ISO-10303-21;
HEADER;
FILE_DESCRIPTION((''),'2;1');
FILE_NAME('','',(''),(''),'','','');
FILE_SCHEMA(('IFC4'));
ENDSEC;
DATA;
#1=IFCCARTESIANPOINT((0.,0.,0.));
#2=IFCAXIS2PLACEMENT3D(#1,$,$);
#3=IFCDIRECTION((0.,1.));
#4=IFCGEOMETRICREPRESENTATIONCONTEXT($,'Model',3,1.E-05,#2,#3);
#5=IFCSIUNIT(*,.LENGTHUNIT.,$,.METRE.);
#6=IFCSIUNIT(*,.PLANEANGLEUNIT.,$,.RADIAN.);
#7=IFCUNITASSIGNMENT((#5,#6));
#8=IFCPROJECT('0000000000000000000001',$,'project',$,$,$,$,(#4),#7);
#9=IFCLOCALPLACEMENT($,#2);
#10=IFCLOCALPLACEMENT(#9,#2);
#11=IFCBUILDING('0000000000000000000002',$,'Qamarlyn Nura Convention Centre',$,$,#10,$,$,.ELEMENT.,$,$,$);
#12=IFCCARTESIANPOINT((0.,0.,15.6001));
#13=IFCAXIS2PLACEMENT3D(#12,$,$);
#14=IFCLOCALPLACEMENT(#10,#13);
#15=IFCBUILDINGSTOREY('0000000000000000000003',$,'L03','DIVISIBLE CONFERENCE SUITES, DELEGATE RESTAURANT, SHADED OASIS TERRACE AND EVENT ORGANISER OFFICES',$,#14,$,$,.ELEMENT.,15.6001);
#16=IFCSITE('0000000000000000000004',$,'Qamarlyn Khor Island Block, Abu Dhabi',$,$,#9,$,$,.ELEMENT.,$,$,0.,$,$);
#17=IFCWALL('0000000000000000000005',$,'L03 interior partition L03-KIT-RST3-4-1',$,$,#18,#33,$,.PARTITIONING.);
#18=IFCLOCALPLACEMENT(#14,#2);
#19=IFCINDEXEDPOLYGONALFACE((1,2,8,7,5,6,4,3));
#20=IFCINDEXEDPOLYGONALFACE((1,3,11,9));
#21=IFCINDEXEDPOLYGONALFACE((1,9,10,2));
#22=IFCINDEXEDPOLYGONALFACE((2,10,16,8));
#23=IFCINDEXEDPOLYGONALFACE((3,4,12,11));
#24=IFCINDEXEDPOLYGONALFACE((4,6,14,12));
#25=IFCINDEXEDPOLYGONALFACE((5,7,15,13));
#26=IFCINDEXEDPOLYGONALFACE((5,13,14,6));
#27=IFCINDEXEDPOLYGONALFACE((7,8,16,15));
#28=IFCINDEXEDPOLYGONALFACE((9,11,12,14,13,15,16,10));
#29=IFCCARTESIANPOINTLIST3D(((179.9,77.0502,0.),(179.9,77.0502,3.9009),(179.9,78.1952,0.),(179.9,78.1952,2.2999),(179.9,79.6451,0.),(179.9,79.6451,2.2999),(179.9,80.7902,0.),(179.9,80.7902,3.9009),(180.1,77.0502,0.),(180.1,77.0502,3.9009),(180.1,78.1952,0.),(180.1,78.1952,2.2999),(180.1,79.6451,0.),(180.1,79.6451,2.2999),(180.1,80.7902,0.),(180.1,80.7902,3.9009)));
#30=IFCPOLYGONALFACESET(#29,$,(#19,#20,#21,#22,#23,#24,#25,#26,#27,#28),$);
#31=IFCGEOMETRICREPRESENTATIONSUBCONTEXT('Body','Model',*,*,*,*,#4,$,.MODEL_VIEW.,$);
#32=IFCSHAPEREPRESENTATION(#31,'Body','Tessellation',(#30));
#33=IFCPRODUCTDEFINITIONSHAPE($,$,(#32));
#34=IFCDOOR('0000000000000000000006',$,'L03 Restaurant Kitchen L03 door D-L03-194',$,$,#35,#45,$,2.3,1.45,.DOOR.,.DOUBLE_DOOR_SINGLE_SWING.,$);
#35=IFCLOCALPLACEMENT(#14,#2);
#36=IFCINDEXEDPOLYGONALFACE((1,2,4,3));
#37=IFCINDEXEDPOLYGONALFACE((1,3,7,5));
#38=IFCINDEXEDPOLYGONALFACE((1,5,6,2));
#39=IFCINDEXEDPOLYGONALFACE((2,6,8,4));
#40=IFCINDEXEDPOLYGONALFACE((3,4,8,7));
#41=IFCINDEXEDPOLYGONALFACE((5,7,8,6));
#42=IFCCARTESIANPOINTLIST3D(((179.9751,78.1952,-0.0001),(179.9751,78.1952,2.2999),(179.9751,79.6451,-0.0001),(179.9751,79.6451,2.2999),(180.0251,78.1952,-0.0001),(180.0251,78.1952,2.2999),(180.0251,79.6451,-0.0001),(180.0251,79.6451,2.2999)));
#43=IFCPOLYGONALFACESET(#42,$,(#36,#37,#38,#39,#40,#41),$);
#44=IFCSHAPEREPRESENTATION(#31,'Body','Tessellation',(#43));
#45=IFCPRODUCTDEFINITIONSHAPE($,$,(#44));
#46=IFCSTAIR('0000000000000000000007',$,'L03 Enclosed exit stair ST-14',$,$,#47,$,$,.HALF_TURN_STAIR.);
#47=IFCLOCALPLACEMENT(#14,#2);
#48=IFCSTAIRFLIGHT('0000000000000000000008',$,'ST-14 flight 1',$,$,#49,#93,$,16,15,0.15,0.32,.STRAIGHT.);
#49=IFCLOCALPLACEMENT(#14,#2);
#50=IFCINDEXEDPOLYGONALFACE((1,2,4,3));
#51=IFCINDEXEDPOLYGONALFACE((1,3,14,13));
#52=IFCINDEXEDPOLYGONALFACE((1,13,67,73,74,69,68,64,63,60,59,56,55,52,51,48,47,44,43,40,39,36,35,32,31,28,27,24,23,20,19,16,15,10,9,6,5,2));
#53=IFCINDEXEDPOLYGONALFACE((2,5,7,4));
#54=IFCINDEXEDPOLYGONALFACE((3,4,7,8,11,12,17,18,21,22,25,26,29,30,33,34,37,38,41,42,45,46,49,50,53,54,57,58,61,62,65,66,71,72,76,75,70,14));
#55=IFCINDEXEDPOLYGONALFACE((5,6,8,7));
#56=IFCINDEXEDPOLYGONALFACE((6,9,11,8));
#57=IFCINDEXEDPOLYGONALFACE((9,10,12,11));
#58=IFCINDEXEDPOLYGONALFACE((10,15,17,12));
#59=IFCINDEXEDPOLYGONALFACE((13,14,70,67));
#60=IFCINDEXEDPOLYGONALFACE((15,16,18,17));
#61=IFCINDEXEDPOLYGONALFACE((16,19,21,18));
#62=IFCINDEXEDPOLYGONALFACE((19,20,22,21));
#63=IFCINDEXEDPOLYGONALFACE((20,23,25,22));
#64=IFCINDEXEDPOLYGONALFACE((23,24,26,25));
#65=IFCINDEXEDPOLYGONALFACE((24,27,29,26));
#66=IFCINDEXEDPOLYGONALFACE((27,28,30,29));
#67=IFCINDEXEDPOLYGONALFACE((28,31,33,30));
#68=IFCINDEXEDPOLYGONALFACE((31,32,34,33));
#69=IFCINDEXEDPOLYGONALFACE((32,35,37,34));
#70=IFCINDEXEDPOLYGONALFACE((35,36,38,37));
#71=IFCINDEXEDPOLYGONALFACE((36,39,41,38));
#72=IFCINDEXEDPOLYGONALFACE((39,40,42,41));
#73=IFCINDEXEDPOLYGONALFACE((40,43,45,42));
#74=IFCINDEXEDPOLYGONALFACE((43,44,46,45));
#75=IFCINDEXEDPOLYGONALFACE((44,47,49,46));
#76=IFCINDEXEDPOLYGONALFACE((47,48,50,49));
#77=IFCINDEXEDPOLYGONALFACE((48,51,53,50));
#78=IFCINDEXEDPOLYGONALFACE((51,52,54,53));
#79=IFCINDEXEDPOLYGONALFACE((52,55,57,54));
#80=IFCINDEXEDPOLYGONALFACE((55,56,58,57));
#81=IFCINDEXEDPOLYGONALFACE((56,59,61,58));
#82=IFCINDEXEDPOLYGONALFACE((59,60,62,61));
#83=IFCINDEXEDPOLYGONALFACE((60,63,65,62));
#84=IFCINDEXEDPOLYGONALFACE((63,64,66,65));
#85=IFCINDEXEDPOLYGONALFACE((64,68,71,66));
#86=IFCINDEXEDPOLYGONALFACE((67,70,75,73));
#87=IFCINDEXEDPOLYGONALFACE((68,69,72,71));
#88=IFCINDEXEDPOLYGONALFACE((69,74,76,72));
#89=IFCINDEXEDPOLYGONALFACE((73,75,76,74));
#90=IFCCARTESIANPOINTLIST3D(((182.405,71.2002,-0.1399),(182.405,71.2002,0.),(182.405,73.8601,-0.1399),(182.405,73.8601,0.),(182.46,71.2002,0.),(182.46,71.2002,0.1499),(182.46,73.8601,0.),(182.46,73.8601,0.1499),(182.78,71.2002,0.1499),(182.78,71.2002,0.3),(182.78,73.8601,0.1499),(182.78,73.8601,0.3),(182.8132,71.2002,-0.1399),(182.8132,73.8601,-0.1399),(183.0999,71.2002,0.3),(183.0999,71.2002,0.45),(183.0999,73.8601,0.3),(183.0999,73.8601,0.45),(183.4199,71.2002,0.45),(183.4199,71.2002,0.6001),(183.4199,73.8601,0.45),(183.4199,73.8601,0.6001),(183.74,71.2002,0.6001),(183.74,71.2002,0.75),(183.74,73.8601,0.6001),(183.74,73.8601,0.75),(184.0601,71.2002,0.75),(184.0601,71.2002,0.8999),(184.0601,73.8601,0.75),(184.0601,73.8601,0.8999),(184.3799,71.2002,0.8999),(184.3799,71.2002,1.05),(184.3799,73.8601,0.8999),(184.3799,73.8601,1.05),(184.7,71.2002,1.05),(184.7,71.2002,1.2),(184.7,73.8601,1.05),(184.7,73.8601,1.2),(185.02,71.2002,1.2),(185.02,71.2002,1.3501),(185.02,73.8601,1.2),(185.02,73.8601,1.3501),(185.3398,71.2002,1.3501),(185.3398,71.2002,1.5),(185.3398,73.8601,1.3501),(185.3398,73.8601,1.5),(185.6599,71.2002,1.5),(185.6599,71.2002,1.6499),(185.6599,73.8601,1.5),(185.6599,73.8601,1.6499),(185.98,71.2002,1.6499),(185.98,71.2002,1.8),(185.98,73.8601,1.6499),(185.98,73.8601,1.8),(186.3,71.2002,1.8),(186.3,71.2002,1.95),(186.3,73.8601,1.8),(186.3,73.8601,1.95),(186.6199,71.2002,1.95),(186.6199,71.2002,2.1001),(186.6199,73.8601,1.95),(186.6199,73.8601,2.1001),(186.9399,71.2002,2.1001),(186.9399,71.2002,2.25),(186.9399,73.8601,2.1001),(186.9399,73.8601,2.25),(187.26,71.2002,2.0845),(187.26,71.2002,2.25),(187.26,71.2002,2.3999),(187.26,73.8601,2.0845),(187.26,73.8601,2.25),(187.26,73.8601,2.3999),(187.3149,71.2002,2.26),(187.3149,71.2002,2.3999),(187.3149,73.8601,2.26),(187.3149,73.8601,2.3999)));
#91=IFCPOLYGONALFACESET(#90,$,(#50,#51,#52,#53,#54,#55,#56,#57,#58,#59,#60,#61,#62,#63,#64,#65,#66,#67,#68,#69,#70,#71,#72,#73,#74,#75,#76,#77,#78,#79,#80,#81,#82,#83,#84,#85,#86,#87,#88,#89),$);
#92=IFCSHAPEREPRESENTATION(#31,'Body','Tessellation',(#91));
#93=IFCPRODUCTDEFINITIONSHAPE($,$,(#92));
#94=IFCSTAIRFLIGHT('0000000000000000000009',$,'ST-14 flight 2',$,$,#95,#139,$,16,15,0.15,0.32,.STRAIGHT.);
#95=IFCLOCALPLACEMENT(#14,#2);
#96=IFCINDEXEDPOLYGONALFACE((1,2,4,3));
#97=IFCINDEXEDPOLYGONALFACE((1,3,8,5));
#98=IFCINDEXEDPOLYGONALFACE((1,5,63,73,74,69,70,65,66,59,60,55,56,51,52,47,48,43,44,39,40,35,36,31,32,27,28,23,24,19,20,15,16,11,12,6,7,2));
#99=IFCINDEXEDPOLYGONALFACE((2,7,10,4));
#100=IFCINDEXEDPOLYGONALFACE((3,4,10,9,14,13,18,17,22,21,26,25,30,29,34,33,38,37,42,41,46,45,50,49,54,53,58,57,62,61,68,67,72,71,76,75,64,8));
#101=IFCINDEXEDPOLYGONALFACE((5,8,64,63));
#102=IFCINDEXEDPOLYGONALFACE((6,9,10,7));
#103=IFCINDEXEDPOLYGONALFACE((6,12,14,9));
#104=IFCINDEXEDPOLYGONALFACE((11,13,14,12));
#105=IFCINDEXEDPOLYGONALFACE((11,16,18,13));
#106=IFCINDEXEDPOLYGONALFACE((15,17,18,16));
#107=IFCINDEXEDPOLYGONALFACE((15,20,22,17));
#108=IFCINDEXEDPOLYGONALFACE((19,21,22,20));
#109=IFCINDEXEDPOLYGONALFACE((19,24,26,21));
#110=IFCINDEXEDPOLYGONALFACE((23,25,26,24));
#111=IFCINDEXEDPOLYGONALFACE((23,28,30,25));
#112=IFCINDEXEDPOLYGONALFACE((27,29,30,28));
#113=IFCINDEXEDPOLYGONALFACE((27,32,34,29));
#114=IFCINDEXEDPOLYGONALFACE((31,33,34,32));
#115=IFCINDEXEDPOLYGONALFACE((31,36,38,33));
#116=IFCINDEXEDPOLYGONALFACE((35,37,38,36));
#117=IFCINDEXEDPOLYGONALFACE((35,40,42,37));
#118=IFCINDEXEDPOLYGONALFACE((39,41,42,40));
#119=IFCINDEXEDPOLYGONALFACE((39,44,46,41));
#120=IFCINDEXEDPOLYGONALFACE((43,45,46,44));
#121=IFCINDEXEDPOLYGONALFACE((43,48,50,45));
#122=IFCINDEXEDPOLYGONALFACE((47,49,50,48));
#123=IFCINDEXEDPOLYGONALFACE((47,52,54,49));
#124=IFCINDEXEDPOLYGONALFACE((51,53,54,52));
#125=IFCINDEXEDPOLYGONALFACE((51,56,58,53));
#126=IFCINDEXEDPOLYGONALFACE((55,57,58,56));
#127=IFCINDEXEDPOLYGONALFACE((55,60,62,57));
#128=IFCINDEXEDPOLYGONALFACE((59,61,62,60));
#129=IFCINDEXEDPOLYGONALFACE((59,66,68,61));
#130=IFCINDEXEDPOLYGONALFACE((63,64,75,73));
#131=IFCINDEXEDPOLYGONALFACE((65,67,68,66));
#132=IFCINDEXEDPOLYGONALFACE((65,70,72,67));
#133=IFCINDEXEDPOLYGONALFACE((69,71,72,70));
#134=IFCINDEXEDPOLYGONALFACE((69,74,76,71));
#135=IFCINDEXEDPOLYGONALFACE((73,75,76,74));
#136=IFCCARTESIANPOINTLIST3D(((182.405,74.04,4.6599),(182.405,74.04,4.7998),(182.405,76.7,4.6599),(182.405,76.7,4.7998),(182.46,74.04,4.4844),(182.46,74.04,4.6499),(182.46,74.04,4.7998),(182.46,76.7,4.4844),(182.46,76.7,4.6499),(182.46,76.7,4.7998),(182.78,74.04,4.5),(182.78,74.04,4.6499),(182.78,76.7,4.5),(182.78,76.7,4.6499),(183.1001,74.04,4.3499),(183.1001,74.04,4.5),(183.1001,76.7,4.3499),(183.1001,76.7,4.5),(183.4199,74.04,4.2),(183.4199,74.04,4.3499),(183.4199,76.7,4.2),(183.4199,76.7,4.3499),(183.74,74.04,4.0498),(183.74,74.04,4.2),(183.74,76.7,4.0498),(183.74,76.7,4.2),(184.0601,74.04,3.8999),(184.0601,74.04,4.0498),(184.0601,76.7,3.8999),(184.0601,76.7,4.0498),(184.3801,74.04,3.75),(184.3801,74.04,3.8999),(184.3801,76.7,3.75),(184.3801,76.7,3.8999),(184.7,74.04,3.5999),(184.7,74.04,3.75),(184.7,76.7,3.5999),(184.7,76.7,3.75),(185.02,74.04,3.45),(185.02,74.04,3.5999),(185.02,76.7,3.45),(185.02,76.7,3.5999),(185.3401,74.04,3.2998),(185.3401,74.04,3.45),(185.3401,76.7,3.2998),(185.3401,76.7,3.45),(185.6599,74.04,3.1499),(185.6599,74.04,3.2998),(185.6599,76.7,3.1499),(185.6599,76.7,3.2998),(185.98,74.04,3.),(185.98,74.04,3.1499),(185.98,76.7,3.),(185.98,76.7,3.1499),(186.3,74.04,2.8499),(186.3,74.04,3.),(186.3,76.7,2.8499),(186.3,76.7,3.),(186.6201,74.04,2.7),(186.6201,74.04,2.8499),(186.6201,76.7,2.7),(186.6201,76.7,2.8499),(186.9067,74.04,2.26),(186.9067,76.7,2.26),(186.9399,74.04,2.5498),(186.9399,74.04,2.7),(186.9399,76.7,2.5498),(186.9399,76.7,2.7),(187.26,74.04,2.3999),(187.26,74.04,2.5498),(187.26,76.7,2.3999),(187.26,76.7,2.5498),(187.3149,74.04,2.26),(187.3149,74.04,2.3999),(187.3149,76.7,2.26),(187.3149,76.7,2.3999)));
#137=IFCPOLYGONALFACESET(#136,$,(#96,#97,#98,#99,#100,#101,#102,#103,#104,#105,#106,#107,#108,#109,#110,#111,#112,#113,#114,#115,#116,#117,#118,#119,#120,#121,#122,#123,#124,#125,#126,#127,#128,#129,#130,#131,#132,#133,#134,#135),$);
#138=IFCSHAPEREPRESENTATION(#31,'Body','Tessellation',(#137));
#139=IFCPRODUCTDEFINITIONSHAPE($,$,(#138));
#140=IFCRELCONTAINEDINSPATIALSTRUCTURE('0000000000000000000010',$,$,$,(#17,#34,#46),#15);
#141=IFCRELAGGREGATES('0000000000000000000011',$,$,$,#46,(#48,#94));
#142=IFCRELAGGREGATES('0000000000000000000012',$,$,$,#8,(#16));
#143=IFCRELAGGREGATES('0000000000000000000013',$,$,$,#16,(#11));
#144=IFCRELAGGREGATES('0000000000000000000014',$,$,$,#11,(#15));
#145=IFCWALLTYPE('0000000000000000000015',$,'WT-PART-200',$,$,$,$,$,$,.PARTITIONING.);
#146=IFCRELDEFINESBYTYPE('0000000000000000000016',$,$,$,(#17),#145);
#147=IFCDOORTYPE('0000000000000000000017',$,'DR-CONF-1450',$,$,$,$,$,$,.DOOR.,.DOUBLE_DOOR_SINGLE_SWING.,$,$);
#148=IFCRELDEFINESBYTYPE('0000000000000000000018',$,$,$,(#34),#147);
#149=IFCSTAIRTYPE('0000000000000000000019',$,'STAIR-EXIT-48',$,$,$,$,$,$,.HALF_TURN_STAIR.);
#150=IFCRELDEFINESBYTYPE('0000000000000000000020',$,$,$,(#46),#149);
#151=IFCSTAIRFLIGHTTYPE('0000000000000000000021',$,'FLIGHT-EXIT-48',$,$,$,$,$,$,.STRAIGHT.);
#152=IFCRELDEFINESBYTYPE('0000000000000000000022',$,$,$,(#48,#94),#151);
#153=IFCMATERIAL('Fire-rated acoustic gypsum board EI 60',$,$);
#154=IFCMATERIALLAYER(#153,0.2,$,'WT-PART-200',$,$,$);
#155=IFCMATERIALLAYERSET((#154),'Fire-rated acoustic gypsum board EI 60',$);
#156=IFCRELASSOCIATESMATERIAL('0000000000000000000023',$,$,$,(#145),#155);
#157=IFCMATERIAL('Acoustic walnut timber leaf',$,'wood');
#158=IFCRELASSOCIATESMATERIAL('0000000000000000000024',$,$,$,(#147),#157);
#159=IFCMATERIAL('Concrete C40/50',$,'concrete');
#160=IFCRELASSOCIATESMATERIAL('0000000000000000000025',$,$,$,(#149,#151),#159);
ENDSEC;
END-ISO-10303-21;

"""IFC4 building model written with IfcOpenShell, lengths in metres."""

from ifc_helpers import new_model, si_unit, direction, frame, frame_2d, origin, place, context, subcontext, project, spatial, polyline, rectangle, outline, extrude, material, layer, layer_set, type_object, element, fill, aggregate, save


model = new_model("IFC4")

# Units and contexts
model_context = context("Model", 3, precision=1e-05, world=origin(), true_north=direction((0.0, 1.0)))
body_context = subcontext(model_context, "Body", "Model", "MODEL_VIEW")
ifc_project = project(units=[si_unit("LENGTHUNIT", "METRE"), si_unit("PLANEANGLEUNIT", "RADIAN")], contexts=[model_context])

# Site, building, storey
site_placement = place(None, origin())
site = spatial("IfcSite", under=ifc_project, at=site_placement, Name="Qamarlyn Khor Island Block, Abu Dhabi", CompositionType="ELEMENT", RefElevation=0.0)
building_placement = place(site_placement, origin())
building = spatial("IfcBuilding", under=site, at=building_placement, Name="Qamarlyn Nura Convention Centre", CompositionType="ELEMENT")
storey_placement = place(building_placement, frame((0.0, 0.0, 15.6001)))
storey = spatial("IfcBuildingStorey", under=building, at=storey_placement, Name="L03", Description="DIVISIBLE CONFERENCE SUITES, DELEGATE RESTAURANT, SHADED OASIS TERRACE AND EVENT ORGANISER OFFICES", CompositionType="ELEMENT", Elevation=15.6001)

# Shared definitions
ifc_material_1 = material(Name="Fire-rated acoustic gypsum board EI 60")
ifc_layer_1 = layer(ifc_material_1, 0.2, Name="WT-PART-200")
ifc_layer_set_1 = layer_set([ifc_layer_1], Name="Fire-rated acoustic gypsum board EI 60")
wall_type_1 = type_object("IfcWallType", Name="WT-PART-200", PredefinedType="PARTITIONING", material=ifc_layer_set_1)

# Wall, opening, door
wall_1_placement = place(storey_placement, frame((180.0, 77.05, 0.0), z_axis=(0.0, 0.0, 1.0), x_axis=(0.0, 1.0, 0.0)))
wall_1 = element("IfcWall", 1, at=wall_1_placement, inside=storey, type_object=wall_type_1, Name="L03 interior partition L03-KIT-RST3-4-1", PredefinedType="PARTITIONING", context=body_context, shape_type="SweptSolid", body=[
    extrude(rectangle(XDim=3.74, YDim=0.2, at=frame_2d((1.8701, 0.0))), origin(), (0.0, 0.0, 1.0), 3.9009),
])
opening_1_placement = place(wall_1_placement, frame((1.145, 0.0, 0.0)))
opening_1 = element("IfcOpeningElement", 2, at=opening_1_placement, cuts=wall_1, PredefinedType="OPENING", context=body_context, shape_type="SweptSolid", body=[
    extrude(rectangle(XDim=1.45, YDim=2.3, at=frame_2d((0.7251, 1.1499))), frame((0.0, 0.1099, 0.0), z_axis=(0.0, -1.0, 0.0), x_axis=(1.0, 0.0, 0.0)), (0.0, 0.0, 1.0), 0.22),
])
ifc_material_2 = material(Name="Acoustic walnut timber leaf", Category="wood")
door_type_1 = type_object("IfcDoorType", Name="DR-CONF-1450", OperationType="DOUBLE_DOOR_SINGLE_SWING", PredefinedType="DOOR", material=ifc_material_2)
door_1_placement = place(opening_1_placement, origin())
door_1 = element("IfcDoor", 3, at=door_1_placement, inside=storey, type_object=door_type_1, Name="L03 Restaurant Kitchen L03 door D-L03-194", OperationType="DOUBLE_DOOR_SINGLE_SWING", OverallHeight=2.3, OverallWidth=1.45, PredefinedType="DOOR", context=body_context, shape_type="SweptSolid", body=[
    extrude(rectangle(XDim=1.45, YDim=2.3, at=frame_2d((0.7251, 1.1499))), frame((0.0, 0.0249, 0.0), z_axis=(0.0, -1.0, 0.0), x_axis=(1.0, 0.0, 0.0)), (0.0, 0.0, 1.0), 0.05),
])
fill(opening_1, door_1)

# Stair, stair flights
ifc_material_3 = material(Name="Concrete C40/50", Category="concrete")
stair_type = type_object("IfcStairType", Name="STAIR-EXIT-48", PredefinedType="HALF_TURN_STAIR", material=ifc_material_3)
stair_placement = place(storey_placement, origin())
stair = element("IfcStair", 4, at=stair_placement, inside=storey, type_object=stair_type, Name="L03 Enclosed exit stair ST-14", PredefinedType="HALF_TURN_STAIR")
stair_flight_type = type_object("IfcStairFlightType", Name="FLIGHT-EXIT-48", PredefinedType="STRAIGHT", material=ifc_material_3)
stair_flight_1_placement = place(storey_placement, frame((182.46, 72.53, 0.0), z_axis=(0.0, 0.0, 1.0), x_axis=(1.0, 0.0, 0.0)))
stair_flight_1 = element("IfcStairFlight", 5, at=stair_flight_1_placement, type_object=stair_flight_type, Name="ST-14 flight 1", NumberOfRisers=16, NumberOfTreads=15, PredefinedType="STRAIGHT", RiserHeight=0.15, TreadLength=0.32, context=body_context, shape_type="SweptSolid", body=[
    extrude(outline(polyline([(-0.0549, 0.0), (0.0, 0.0), (0.0, 0.1499), (0.3201, 0.1499), (0.3201, 0.3), (0.6399, 0.3), (0.6399, 0.45), (0.96, 0.45), (0.96, 0.6001), (1.28, 0.6001), (1.28, 0.75), (1.6001, 0.75), (1.6001, 0.8999), (1.9199, 0.8999), (1.9199, 1.05), (2.24, 1.05), (2.24, 1.2), (2.5601, 1.2), (2.5601, 1.3501), (2.8799, 1.3501), (2.8799, 1.5), (3.2, 1.5), (3.2, 1.6499), (3.52, 1.6499), (3.52, 1.8), (3.8401, 1.8), (3.8401, 1.95), (4.1599, 1.95), (4.1599, 2.1001), (4.48, 2.1001), (4.48, 2.25), (4.8, 2.25), (4.8, 2.3999), (4.855, 2.3999), (4.855, 2.26), (4.8, 2.0845), (0.3533, -0.1399), (-0.0549, -0.1399), (-0.0549, 0.0)])), frame((0.0, 1.3301, 0.0), z_axis=(0.0, -1.0, 0.0), x_axis=(1.0, 0.0, 0.0)), (0.0, 0.0, 1.0), 2.6599),
])
stair_flight_2_placement = place(storey_placement, frame((187.26, 75.3701, 2.3999), z_axis=(0.0, 0.0, 1.0), x_axis=(-1.0, 0.0, 0.0)))
stair_flight_2 = element("IfcStairFlight", 6, at=stair_flight_2_placement, type_object=stair_flight_type, Name="ST-14 flight 2", NumberOfRisers=16, NumberOfTreads=15, PredefinedType="STRAIGHT", RiserHeight=0.15, TreadLength=0.32, context=body_context, shape_type="SweptSolid", body=[
    extrude(outline(polyline([(-0.0549, 0.0), (0.0, 0.0), (0.0, 0.1499), (0.3201, 0.1499), (0.3201, 0.3), (0.6399, 0.3), (0.6399, 0.45), (0.96, 0.45), (0.96, 0.6001), (1.28, 0.6001), (1.28, 0.75), (1.6001, 0.75), (1.6001, 0.8999), (1.9199, 0.8999), (1.9199, 1.05), (2.24, 1.05), (2.24, 1.2), (2.5601, 1.2), (2.5601, 1.3501), (2.8799, 1.3501), (2.8799, 1.5), (3.2, 1.5), (3.2, 1.6499), (3.52, 1.6499), (3.52, 1.8), (3.8401, 1.8), (3.8401, 1.95), (4.1599, 1.95), (4.1599, 2.1001), (4.48, 2.1001), (4.48, 2.25), (4.8, 2.25), (4.8, 2.3999), (4.855, 2.3999), (4.855, 2.26), (4.8, 2.0845), (0.3533, -0.1399), (-0.0549, -0.1399), (-0.0549, 0.0)])), frame((0.0, 1.3301, 0.0), z_axis=(0.0, -1.0, 0.0), x_axis=(1.0, 0.0, 0.0)), (0.0, 0.0, 1.0), 2.6599),
])
aggregate(stair, [stair_flight_1, stair_flight_2])

save(model, "model.ifc")
